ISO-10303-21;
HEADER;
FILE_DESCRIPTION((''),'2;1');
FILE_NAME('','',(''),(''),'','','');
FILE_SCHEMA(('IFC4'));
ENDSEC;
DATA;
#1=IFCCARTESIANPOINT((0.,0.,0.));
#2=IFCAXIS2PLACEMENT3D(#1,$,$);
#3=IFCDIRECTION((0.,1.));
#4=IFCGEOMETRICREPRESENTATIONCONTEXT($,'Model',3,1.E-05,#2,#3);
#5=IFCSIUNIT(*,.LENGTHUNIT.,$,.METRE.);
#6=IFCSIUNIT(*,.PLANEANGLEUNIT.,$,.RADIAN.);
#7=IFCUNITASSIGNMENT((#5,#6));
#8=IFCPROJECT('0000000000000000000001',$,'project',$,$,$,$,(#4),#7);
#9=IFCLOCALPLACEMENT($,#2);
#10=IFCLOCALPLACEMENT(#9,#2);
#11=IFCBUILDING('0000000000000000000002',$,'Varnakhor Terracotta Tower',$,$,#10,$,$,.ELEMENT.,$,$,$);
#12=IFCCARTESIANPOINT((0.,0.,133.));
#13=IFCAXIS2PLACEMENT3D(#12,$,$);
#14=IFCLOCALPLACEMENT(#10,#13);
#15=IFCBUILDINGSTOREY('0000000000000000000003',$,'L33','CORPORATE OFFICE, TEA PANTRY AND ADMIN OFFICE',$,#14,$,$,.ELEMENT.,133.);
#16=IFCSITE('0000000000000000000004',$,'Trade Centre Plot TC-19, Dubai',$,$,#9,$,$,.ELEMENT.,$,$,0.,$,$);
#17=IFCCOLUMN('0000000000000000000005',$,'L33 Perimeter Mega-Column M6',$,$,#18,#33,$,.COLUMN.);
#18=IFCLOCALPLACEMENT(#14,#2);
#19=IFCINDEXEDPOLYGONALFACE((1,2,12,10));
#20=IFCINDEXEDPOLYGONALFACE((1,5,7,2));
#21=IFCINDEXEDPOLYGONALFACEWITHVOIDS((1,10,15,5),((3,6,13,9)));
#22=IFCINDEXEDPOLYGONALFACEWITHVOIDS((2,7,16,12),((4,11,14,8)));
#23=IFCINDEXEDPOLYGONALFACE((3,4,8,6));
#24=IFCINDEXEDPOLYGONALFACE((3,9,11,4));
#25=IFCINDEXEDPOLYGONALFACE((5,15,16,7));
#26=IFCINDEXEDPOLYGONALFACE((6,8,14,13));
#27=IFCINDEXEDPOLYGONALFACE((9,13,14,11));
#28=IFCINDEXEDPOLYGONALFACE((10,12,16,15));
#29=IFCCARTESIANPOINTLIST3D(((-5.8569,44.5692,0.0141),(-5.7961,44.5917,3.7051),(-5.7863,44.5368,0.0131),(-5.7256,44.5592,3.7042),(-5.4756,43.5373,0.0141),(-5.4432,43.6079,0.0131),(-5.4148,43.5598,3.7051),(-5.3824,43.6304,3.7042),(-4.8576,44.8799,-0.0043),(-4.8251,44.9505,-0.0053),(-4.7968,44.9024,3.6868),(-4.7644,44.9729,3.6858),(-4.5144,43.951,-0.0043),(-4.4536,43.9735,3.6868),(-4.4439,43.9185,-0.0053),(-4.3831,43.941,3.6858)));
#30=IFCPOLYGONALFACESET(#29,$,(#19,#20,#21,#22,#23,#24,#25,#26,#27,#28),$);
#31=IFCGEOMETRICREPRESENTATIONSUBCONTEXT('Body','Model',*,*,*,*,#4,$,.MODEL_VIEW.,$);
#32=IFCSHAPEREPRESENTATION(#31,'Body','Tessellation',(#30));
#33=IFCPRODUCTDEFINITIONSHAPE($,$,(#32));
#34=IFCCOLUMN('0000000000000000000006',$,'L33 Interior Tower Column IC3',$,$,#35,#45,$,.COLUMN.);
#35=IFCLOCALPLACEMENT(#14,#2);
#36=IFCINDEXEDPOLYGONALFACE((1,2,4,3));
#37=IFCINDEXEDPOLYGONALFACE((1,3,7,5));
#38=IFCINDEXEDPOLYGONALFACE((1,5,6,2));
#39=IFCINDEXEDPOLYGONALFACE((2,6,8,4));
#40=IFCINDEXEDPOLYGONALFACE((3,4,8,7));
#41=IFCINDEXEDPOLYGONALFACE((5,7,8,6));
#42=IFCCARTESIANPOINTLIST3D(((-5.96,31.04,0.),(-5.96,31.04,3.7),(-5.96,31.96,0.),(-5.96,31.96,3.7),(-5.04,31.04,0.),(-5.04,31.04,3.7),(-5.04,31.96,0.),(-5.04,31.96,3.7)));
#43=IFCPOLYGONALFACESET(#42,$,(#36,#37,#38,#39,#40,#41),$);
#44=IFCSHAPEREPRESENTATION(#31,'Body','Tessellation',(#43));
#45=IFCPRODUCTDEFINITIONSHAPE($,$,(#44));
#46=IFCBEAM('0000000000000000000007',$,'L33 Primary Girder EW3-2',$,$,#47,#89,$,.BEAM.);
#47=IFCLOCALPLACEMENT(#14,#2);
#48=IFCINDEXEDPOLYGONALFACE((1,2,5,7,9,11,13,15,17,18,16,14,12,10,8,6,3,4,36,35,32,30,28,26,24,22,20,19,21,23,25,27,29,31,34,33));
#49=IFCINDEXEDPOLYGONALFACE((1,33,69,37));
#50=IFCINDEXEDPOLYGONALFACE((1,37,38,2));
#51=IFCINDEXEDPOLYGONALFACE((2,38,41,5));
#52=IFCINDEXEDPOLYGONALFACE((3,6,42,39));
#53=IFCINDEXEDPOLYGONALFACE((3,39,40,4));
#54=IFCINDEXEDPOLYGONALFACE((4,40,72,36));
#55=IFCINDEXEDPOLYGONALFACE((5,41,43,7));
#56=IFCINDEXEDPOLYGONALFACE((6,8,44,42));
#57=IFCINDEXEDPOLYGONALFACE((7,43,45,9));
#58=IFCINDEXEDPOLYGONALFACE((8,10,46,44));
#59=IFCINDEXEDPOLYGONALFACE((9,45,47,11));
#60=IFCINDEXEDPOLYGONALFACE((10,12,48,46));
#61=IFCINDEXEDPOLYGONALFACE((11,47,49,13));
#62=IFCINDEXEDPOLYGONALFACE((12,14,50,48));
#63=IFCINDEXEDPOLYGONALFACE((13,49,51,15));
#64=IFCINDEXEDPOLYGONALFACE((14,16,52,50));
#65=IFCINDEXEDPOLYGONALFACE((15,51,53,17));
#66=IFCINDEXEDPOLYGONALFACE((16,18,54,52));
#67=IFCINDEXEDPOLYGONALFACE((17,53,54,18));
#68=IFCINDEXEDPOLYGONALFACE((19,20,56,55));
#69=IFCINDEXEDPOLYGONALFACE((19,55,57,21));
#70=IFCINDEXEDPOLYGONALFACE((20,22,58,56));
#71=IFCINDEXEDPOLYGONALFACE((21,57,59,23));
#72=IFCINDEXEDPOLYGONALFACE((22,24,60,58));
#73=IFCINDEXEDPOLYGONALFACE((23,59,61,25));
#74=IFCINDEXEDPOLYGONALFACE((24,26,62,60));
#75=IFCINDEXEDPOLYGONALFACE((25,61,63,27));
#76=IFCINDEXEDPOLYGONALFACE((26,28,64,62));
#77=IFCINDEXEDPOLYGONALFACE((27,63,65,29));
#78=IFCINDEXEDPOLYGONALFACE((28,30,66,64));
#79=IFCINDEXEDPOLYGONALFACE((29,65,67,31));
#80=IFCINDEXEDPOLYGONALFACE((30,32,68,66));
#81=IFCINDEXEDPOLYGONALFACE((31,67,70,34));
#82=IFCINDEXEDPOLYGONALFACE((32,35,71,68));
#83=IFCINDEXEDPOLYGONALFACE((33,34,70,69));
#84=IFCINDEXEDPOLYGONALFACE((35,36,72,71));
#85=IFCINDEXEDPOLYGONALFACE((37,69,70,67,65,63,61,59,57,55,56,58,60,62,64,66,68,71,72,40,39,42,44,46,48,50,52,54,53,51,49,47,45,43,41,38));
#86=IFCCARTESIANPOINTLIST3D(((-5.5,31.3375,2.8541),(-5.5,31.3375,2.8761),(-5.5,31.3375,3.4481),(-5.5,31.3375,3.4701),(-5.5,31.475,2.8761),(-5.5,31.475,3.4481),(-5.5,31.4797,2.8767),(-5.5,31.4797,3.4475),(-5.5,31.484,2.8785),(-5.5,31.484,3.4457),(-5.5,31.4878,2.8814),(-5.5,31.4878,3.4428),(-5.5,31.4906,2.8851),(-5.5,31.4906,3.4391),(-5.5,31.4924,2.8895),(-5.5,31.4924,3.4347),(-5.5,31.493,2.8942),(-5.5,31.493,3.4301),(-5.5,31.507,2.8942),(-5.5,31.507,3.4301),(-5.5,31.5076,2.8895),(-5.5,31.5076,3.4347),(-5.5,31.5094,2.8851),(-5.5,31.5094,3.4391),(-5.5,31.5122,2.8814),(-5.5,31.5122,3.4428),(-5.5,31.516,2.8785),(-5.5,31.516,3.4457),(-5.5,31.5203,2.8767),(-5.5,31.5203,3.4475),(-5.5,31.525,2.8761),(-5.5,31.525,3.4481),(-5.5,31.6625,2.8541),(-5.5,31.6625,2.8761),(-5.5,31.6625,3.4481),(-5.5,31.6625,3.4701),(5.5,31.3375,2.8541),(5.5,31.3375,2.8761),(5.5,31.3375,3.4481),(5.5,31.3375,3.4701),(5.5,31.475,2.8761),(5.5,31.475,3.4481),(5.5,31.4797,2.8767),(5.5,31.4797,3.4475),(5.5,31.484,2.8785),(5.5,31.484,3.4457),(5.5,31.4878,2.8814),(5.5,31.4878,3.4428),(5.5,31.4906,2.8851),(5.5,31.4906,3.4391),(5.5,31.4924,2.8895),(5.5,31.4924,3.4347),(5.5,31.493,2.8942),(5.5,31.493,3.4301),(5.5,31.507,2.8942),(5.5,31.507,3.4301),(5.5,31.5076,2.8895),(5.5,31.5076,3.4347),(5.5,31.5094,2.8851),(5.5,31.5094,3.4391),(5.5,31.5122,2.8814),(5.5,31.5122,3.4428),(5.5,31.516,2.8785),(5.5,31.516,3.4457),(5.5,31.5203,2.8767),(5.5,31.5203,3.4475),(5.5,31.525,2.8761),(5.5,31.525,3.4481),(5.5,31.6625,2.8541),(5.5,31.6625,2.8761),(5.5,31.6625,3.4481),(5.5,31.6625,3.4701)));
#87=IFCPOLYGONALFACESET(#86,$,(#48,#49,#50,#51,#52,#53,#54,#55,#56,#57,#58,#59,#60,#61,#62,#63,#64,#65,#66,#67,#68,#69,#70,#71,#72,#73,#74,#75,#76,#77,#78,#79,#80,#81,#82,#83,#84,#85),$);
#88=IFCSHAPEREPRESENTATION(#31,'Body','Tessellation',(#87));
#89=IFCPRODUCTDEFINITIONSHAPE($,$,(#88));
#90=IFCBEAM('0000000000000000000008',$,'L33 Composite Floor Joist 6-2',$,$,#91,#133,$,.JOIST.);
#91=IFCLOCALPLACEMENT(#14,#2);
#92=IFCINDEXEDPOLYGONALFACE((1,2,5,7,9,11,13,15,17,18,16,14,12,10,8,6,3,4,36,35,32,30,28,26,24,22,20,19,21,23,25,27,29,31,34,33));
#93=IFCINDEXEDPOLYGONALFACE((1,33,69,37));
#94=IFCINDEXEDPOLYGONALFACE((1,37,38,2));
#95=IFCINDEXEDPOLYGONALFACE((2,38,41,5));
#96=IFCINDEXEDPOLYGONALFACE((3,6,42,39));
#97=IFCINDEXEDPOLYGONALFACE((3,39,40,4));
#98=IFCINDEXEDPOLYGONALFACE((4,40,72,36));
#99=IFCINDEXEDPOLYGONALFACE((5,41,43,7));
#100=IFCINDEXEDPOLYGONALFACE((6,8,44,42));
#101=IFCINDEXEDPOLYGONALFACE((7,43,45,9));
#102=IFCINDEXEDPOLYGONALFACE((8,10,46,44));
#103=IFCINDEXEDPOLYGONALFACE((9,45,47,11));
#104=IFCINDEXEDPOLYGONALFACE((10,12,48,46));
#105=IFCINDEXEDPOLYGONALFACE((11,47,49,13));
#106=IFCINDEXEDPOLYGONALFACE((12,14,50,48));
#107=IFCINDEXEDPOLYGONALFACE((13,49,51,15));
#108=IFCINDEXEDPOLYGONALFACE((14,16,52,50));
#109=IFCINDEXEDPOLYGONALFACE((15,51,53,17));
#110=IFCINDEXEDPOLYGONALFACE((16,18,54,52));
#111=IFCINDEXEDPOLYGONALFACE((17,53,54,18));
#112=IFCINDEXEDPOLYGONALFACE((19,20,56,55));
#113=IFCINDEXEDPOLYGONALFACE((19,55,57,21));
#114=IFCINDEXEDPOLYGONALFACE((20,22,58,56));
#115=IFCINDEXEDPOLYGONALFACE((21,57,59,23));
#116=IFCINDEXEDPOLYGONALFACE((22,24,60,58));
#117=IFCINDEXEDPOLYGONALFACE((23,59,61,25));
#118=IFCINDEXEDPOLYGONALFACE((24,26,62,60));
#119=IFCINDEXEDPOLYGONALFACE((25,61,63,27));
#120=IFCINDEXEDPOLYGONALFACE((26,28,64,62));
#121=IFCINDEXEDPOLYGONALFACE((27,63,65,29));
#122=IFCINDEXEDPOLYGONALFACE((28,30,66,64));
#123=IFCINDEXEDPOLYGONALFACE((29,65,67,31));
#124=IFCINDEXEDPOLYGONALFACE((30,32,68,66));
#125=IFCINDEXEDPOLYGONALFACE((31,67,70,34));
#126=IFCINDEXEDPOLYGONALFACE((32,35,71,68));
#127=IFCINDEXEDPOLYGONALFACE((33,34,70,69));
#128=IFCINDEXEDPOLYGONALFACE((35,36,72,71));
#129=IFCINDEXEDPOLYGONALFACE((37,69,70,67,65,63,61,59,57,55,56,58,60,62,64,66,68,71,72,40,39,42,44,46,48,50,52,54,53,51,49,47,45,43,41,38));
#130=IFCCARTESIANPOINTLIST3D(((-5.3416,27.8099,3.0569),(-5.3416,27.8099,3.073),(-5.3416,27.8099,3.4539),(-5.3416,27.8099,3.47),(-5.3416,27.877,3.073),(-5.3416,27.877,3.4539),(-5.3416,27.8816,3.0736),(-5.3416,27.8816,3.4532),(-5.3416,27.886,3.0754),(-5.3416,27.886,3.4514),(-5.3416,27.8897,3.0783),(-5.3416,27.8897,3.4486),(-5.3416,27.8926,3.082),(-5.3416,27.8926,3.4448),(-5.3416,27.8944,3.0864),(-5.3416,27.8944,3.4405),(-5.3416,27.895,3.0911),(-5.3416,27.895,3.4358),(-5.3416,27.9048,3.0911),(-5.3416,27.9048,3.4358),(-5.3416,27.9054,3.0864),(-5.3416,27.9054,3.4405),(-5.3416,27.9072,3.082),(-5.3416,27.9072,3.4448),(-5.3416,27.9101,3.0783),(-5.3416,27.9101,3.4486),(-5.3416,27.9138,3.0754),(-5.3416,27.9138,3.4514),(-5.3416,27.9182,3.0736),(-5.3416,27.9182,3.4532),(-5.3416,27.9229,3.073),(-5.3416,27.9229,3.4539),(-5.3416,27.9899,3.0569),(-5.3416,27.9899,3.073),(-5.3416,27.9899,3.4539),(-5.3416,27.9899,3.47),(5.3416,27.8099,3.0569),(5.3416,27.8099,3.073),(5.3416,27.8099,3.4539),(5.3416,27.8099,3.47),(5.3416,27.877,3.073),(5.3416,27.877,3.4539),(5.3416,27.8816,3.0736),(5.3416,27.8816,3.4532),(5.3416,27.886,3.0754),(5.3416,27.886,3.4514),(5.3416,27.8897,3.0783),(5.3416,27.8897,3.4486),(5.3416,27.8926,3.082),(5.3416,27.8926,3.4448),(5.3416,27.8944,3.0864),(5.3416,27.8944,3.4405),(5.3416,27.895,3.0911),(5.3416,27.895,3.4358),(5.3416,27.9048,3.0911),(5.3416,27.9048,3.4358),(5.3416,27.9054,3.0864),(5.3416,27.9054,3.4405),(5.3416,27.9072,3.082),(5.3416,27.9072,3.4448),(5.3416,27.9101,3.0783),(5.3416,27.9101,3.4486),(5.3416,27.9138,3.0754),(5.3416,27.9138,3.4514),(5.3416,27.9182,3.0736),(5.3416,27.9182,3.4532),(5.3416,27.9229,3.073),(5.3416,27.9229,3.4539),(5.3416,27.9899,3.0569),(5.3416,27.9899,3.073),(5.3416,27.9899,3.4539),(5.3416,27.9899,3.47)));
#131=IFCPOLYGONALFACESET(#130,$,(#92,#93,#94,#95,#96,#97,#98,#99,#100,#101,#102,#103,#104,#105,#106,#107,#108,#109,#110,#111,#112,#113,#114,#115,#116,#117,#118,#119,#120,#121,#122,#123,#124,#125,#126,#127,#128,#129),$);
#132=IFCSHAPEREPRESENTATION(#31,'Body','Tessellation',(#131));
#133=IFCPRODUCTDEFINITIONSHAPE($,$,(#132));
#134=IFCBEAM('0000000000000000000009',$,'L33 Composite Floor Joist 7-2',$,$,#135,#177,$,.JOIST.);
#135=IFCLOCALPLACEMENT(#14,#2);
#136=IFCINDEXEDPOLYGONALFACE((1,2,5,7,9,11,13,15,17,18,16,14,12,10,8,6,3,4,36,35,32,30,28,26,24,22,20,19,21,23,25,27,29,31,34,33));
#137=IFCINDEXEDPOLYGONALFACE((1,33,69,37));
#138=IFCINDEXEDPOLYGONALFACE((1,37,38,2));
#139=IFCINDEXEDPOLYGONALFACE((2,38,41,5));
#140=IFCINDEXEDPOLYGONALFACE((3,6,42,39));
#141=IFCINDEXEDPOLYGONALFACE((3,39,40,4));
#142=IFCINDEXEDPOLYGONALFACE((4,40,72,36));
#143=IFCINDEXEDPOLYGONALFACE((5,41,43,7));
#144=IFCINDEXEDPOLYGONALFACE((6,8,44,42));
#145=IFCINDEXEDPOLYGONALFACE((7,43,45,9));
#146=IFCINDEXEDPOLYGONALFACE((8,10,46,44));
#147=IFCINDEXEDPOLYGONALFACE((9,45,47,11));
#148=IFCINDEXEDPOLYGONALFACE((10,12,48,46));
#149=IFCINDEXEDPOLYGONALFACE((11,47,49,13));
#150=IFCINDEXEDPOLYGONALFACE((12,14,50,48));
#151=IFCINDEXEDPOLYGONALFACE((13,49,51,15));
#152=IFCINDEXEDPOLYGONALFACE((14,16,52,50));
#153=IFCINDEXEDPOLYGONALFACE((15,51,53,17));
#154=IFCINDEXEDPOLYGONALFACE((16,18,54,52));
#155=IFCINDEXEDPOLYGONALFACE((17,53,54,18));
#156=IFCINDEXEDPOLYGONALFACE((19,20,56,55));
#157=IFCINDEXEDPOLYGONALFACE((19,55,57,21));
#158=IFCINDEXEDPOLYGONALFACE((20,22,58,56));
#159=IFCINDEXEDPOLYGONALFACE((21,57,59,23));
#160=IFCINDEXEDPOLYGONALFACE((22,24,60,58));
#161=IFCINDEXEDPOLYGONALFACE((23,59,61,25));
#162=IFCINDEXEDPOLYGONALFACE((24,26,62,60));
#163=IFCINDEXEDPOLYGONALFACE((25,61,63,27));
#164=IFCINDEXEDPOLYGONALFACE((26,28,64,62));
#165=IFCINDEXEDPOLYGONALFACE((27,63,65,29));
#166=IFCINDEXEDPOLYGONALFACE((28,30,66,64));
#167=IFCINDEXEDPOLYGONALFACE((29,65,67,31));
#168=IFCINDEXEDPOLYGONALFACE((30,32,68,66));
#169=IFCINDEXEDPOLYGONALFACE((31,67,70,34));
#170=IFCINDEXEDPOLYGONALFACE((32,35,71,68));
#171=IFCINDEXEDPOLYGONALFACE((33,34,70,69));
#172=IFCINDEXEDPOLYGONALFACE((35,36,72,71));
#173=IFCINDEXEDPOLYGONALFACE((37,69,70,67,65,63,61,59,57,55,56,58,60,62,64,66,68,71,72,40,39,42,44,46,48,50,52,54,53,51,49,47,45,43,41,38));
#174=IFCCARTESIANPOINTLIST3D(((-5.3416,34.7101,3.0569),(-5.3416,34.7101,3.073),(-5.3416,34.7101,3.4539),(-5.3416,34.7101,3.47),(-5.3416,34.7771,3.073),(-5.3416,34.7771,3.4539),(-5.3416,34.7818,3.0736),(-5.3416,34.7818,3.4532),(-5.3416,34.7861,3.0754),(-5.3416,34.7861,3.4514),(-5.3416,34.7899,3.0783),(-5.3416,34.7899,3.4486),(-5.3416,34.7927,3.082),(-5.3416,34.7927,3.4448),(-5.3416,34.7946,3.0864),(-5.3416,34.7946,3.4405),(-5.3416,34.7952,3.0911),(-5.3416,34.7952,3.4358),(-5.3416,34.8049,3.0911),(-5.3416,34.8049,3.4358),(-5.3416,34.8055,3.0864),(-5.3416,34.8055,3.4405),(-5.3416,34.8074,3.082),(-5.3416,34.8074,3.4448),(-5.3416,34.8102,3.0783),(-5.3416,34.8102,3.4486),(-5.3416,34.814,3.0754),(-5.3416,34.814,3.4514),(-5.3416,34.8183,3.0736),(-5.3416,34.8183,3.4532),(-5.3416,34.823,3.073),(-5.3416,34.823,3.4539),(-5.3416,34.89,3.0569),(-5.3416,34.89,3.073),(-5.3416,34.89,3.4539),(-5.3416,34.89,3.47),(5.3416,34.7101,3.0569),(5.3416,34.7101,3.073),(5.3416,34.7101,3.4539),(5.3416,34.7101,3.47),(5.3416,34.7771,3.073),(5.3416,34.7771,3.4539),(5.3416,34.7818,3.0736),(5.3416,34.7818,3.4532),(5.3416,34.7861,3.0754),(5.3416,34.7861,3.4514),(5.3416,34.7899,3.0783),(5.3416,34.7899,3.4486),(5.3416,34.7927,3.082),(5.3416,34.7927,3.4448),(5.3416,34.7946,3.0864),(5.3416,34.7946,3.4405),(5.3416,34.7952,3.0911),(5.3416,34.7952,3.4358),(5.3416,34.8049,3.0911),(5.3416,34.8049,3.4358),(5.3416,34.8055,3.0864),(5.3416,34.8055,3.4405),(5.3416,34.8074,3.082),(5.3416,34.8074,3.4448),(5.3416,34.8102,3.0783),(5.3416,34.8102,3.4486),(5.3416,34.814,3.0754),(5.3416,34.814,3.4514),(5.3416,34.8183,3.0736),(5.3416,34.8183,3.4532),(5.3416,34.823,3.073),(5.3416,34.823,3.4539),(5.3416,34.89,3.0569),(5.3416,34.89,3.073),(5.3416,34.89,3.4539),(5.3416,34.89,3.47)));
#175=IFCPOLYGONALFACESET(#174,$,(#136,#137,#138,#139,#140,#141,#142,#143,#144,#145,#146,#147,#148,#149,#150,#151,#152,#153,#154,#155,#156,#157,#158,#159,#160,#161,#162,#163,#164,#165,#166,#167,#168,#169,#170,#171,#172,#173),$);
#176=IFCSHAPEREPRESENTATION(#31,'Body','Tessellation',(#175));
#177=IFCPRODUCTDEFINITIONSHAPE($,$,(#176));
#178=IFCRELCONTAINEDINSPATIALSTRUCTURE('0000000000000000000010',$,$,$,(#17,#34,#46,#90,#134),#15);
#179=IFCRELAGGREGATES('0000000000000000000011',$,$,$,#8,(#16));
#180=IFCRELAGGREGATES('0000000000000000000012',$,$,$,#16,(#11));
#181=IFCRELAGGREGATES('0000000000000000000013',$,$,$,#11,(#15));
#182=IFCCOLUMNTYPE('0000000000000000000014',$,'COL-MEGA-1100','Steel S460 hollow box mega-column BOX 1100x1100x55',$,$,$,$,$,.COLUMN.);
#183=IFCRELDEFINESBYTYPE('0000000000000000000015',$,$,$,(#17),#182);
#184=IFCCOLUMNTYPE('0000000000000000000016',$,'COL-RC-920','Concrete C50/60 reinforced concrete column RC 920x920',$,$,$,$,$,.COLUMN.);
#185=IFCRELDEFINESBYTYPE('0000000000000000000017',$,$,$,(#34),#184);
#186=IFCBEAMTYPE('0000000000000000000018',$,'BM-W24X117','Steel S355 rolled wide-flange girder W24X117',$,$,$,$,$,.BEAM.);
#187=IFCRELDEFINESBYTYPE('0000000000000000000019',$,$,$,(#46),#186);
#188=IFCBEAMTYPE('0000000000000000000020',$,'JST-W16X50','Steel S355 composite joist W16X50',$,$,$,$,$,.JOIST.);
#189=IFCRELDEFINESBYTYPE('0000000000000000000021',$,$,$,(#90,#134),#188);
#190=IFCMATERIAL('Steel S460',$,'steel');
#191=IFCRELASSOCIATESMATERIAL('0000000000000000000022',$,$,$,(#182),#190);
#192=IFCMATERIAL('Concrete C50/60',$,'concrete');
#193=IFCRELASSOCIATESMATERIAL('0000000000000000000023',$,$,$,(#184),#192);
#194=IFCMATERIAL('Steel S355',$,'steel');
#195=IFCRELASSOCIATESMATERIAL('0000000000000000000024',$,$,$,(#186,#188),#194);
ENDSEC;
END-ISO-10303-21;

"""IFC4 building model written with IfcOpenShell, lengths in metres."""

from ifc_helpers import new_model, si_unit, direction, frame, origin, origin_2d, place, context, subcontext, project, spatial, rectangle, hollow_rectangle, i_section, extrude, source, transform, mapped, material, material_profile, profile_set, type_object, element, save


model = new_model("IFC4")

# Units and contexts
model_context = context("Model", 3, precision=1e-05, world=origin(), true_north=direction((0.0, 1.0)))
body_context = subcontext(model_context, "Body", "Model", "MODEL_VIEW")
ifc_project = project(units=[si_unit("LENGTHUNIT", "METRE"), si_unit("PLANEANGLEUNIT", "RADIAN")], contexts=[model_context])

# Site, building, storey
site_placement = place(None, origin())
site = spatial("IfcSite", under=ifc_project, at=site_placement, Name="Trade Centre Plot TC-19, Dubai", CompositionType="ELEMENT", RefElevation=0.0)
building_placement = place(site_placement, origin())
building = spatial("IfcBuilding", under=site, at=building_placement, Name="Varnakhor Terracotta Tower", CompositionType="ELEMENT")
storey_placement = place(building_placement, frame((0.0, 0.0, 133.0)))
storey = spatial("IfcBuildingStorey", under=building, at=storey_placement, Name="L33", Description="CORPORATE OFFICE, TEA PANTRY AND ADMIN OFFICE", CompositionType="ELEMENT", Elevation=133.0)

# Columns
ifc_material_1 = material(Name="Steel S460", Category="steel")
ifc_material_profile_1 = material_profile(ifc_material_1, hollow_rectangle(XDim=1.1001, YDim=1.1001, WallThickness=0.0549, at=origin_2d()), Name="BOX 1100x1100x55")
ifc_profile_set_1 = profile_set([ifc_material_profile_1], Name="Steel S460")
column_type_1 = type_object("IfcColumnType", Name="COL-MEGA-1100", Description="Steel S460 hollow box mega-column BOX 1100x1100x55", PredefinedType="COLUMN", material=ifc_profile_set_1)
shared_shape_1 = source(origin(), body_context, "Body", "SweptSolid", [
    extrude(hollow_rectangle(XDim=1.1001, YDim=1.1001, WallThickness=0.0549, at=origin_2d()), origin(), (0.0, 0.0, 1.0), 3.6917),
])
column_1_placement = place(storey_placement, frame((-5.1504, 44.2439, 0.0044), z_axis=(0.016467, 0.006084, 0.999846), x_axis=(-0.346578, 0.938021, 0.0)))
element("IfcColumn", 1, at=column_1_placement, inside=storey, type_object=column_type_1, Name="L33 Perimeter Mega-Column M6", PredefinedType="COLUMN", context=body_context, shape_type="MappedRepresentation", body=[
    mapped(shared_shape_1, transform((0.0, 0.0, 0.0), scale=1.0)),
])
ifc_material_2 = material(Name="Concrete C50/60", Category="concrete")
ifc_material_profile_2 = material_profile(ifc_material_2, rectangle(XDim=0.9199, YDim=0.9199, at=origin_2d()), Name="RC 920x920")
ifc_profile_set_2 = profile_set([ifc_material_profile_2], Name="Concrete C50/60")
column_type_2 = type_object("IfcColumnType", Name="COL-RC-920", Description="Concrete C50/60 reinforced concrete column RC 920x920", PredefinedType="COLUMN", material=ifc_profile_set_2)
shared_shape_2 = source(origin(), body_context, "Body", "SweptSolid", [
    extrude(rectangle(XDim=0.9199, YDim=0.9199, at=origin_2d()), origin(), (0.0, 0.0, 1.0), 3.7),
])
column_2_placement = place(storey_placement, frame((-5.5, 31.5, 0.0), z_axis=(0.0, 0.0, 1.0), x_axis=(1.0, 0.0, 0.0)))
element("IfcColumn", 2, at=column_2_placement, inside=storey, type_object=column_type_2, Name="L33 Interior Tower Column IC3", PredefinedType="COLUMN", context=body_context, shape_type="MappedRepresentation", body=[
    mapped(shared_shape_2, transform((0.0, 0.0, 0.0), scale=1.0)),
])

# Beams
ifc_material_3 = material(Name="Steel S355", Category="steel")
ifc_material_profile_3 = material_profile(ifc_material_3, i_section(OverallWidth=0.325, OverallDepth=0.616, WebThickness=0.0139, FlangeThickness=0.022, FilletRadius=0.0181, at=origin_2d()), Name="W24X117")
ifc_profile_set_3 = profile_set([ifc_material_profile_3], Name="Steel S355")
beam_type_1 = type_object("IfcBeamType", Name="BM-W24X117", Description="Steel S355 rolled wide-flange girder W24X117", PredefinedType="BEAM", material=ifc_profile_set_3)
shared_shape_3 = source(origin(), body_context, "Body", "SweptSolid", [
    extrude(i_section(OverallWidth=0.325, OverallDepth=0.616, WebThickness=0.0139, FlangeThickness=0.022, FilletRadius=0.0181, at=origin_2d()), origin(), (0.0, 0.0, 1.0), 11.0),
])
beam_1_placement = place(storey_placement, frame((-5.5, 31.5, 3.1621), z_axis=(1.0, 0.0, 0.0), x_axis=(0.0, 1.0, 0.0)))
element("IfcBeam", 3, at=beam_1_placement, inside=storey, type_object=beam_type_1, Name="L33 Primary Girder EW3-2", PredefinedType="BEAM", context=body_context, shape_type="MappedRepresentation", body=[
    mapped(shared_shape_3, transform((0.0, 0.0, 0.0), scale=1.0)),
])
ifc_material_profile_4 = material_profile(ifc_material_3, i_section(OverallWidth=0.1799, OverallDepth=0.4131, WebThickness=0.0098, FlangeThickness=0.0161, FilletRadius=0.0181, at=origin_2d()), Name="W16X50")
ifc_profile_set_4 = profile_set([ifc_material_profile_4], Name="Steel S355")
beam_type_2 = type_object("IfcBeamType", Name="JST-W16X50", Description="Steel S355 composite joist W16X50", PredefinedType="JOIST", material=ifc_profile_set_4)
shared_shape_4 = source(origin(), body_context, "Body", "SweptSolid", [
    extrude(i_section(OverallWidth=0.1799, OverallDepth=0.4131, WebThickness=0.0098, FlangeThickness=0.0161, FilletRadius=0.0181, at=origin_2d()), origin(), (0.0, 0.0, 1.0), 10.6831),
])
for number, where, z_axis, x_axis, name in (
    (4, (-5.3416, 27.8999, 3.2634), (1.0, 0.0, 0.0), (0.0, 1.0, 0.0), "L33 Composite Floor Joist 6-2"),
    (5, (-5.3416, 34.8, 3.2634), (1.0, 0.0, 0.0), (0.0, 1.0, 0.0), "L33 Composite Floor Joist 7-2"),
):
    element("IfcBeam", number, at=place(storey_placement, frame(where, z_axis=z_axis, x_axis=x_axis)), inside=storey, type_object=beam_type_2, Name=name, PredefinedType="JOIST", context=body_context, shape_type="MappedRepresentation", body=[
        mapped(shared_shape_4, transform((0.0, 0.0, 0.0), scale=1.0)),
    ])

save(model, "model.ifc")
